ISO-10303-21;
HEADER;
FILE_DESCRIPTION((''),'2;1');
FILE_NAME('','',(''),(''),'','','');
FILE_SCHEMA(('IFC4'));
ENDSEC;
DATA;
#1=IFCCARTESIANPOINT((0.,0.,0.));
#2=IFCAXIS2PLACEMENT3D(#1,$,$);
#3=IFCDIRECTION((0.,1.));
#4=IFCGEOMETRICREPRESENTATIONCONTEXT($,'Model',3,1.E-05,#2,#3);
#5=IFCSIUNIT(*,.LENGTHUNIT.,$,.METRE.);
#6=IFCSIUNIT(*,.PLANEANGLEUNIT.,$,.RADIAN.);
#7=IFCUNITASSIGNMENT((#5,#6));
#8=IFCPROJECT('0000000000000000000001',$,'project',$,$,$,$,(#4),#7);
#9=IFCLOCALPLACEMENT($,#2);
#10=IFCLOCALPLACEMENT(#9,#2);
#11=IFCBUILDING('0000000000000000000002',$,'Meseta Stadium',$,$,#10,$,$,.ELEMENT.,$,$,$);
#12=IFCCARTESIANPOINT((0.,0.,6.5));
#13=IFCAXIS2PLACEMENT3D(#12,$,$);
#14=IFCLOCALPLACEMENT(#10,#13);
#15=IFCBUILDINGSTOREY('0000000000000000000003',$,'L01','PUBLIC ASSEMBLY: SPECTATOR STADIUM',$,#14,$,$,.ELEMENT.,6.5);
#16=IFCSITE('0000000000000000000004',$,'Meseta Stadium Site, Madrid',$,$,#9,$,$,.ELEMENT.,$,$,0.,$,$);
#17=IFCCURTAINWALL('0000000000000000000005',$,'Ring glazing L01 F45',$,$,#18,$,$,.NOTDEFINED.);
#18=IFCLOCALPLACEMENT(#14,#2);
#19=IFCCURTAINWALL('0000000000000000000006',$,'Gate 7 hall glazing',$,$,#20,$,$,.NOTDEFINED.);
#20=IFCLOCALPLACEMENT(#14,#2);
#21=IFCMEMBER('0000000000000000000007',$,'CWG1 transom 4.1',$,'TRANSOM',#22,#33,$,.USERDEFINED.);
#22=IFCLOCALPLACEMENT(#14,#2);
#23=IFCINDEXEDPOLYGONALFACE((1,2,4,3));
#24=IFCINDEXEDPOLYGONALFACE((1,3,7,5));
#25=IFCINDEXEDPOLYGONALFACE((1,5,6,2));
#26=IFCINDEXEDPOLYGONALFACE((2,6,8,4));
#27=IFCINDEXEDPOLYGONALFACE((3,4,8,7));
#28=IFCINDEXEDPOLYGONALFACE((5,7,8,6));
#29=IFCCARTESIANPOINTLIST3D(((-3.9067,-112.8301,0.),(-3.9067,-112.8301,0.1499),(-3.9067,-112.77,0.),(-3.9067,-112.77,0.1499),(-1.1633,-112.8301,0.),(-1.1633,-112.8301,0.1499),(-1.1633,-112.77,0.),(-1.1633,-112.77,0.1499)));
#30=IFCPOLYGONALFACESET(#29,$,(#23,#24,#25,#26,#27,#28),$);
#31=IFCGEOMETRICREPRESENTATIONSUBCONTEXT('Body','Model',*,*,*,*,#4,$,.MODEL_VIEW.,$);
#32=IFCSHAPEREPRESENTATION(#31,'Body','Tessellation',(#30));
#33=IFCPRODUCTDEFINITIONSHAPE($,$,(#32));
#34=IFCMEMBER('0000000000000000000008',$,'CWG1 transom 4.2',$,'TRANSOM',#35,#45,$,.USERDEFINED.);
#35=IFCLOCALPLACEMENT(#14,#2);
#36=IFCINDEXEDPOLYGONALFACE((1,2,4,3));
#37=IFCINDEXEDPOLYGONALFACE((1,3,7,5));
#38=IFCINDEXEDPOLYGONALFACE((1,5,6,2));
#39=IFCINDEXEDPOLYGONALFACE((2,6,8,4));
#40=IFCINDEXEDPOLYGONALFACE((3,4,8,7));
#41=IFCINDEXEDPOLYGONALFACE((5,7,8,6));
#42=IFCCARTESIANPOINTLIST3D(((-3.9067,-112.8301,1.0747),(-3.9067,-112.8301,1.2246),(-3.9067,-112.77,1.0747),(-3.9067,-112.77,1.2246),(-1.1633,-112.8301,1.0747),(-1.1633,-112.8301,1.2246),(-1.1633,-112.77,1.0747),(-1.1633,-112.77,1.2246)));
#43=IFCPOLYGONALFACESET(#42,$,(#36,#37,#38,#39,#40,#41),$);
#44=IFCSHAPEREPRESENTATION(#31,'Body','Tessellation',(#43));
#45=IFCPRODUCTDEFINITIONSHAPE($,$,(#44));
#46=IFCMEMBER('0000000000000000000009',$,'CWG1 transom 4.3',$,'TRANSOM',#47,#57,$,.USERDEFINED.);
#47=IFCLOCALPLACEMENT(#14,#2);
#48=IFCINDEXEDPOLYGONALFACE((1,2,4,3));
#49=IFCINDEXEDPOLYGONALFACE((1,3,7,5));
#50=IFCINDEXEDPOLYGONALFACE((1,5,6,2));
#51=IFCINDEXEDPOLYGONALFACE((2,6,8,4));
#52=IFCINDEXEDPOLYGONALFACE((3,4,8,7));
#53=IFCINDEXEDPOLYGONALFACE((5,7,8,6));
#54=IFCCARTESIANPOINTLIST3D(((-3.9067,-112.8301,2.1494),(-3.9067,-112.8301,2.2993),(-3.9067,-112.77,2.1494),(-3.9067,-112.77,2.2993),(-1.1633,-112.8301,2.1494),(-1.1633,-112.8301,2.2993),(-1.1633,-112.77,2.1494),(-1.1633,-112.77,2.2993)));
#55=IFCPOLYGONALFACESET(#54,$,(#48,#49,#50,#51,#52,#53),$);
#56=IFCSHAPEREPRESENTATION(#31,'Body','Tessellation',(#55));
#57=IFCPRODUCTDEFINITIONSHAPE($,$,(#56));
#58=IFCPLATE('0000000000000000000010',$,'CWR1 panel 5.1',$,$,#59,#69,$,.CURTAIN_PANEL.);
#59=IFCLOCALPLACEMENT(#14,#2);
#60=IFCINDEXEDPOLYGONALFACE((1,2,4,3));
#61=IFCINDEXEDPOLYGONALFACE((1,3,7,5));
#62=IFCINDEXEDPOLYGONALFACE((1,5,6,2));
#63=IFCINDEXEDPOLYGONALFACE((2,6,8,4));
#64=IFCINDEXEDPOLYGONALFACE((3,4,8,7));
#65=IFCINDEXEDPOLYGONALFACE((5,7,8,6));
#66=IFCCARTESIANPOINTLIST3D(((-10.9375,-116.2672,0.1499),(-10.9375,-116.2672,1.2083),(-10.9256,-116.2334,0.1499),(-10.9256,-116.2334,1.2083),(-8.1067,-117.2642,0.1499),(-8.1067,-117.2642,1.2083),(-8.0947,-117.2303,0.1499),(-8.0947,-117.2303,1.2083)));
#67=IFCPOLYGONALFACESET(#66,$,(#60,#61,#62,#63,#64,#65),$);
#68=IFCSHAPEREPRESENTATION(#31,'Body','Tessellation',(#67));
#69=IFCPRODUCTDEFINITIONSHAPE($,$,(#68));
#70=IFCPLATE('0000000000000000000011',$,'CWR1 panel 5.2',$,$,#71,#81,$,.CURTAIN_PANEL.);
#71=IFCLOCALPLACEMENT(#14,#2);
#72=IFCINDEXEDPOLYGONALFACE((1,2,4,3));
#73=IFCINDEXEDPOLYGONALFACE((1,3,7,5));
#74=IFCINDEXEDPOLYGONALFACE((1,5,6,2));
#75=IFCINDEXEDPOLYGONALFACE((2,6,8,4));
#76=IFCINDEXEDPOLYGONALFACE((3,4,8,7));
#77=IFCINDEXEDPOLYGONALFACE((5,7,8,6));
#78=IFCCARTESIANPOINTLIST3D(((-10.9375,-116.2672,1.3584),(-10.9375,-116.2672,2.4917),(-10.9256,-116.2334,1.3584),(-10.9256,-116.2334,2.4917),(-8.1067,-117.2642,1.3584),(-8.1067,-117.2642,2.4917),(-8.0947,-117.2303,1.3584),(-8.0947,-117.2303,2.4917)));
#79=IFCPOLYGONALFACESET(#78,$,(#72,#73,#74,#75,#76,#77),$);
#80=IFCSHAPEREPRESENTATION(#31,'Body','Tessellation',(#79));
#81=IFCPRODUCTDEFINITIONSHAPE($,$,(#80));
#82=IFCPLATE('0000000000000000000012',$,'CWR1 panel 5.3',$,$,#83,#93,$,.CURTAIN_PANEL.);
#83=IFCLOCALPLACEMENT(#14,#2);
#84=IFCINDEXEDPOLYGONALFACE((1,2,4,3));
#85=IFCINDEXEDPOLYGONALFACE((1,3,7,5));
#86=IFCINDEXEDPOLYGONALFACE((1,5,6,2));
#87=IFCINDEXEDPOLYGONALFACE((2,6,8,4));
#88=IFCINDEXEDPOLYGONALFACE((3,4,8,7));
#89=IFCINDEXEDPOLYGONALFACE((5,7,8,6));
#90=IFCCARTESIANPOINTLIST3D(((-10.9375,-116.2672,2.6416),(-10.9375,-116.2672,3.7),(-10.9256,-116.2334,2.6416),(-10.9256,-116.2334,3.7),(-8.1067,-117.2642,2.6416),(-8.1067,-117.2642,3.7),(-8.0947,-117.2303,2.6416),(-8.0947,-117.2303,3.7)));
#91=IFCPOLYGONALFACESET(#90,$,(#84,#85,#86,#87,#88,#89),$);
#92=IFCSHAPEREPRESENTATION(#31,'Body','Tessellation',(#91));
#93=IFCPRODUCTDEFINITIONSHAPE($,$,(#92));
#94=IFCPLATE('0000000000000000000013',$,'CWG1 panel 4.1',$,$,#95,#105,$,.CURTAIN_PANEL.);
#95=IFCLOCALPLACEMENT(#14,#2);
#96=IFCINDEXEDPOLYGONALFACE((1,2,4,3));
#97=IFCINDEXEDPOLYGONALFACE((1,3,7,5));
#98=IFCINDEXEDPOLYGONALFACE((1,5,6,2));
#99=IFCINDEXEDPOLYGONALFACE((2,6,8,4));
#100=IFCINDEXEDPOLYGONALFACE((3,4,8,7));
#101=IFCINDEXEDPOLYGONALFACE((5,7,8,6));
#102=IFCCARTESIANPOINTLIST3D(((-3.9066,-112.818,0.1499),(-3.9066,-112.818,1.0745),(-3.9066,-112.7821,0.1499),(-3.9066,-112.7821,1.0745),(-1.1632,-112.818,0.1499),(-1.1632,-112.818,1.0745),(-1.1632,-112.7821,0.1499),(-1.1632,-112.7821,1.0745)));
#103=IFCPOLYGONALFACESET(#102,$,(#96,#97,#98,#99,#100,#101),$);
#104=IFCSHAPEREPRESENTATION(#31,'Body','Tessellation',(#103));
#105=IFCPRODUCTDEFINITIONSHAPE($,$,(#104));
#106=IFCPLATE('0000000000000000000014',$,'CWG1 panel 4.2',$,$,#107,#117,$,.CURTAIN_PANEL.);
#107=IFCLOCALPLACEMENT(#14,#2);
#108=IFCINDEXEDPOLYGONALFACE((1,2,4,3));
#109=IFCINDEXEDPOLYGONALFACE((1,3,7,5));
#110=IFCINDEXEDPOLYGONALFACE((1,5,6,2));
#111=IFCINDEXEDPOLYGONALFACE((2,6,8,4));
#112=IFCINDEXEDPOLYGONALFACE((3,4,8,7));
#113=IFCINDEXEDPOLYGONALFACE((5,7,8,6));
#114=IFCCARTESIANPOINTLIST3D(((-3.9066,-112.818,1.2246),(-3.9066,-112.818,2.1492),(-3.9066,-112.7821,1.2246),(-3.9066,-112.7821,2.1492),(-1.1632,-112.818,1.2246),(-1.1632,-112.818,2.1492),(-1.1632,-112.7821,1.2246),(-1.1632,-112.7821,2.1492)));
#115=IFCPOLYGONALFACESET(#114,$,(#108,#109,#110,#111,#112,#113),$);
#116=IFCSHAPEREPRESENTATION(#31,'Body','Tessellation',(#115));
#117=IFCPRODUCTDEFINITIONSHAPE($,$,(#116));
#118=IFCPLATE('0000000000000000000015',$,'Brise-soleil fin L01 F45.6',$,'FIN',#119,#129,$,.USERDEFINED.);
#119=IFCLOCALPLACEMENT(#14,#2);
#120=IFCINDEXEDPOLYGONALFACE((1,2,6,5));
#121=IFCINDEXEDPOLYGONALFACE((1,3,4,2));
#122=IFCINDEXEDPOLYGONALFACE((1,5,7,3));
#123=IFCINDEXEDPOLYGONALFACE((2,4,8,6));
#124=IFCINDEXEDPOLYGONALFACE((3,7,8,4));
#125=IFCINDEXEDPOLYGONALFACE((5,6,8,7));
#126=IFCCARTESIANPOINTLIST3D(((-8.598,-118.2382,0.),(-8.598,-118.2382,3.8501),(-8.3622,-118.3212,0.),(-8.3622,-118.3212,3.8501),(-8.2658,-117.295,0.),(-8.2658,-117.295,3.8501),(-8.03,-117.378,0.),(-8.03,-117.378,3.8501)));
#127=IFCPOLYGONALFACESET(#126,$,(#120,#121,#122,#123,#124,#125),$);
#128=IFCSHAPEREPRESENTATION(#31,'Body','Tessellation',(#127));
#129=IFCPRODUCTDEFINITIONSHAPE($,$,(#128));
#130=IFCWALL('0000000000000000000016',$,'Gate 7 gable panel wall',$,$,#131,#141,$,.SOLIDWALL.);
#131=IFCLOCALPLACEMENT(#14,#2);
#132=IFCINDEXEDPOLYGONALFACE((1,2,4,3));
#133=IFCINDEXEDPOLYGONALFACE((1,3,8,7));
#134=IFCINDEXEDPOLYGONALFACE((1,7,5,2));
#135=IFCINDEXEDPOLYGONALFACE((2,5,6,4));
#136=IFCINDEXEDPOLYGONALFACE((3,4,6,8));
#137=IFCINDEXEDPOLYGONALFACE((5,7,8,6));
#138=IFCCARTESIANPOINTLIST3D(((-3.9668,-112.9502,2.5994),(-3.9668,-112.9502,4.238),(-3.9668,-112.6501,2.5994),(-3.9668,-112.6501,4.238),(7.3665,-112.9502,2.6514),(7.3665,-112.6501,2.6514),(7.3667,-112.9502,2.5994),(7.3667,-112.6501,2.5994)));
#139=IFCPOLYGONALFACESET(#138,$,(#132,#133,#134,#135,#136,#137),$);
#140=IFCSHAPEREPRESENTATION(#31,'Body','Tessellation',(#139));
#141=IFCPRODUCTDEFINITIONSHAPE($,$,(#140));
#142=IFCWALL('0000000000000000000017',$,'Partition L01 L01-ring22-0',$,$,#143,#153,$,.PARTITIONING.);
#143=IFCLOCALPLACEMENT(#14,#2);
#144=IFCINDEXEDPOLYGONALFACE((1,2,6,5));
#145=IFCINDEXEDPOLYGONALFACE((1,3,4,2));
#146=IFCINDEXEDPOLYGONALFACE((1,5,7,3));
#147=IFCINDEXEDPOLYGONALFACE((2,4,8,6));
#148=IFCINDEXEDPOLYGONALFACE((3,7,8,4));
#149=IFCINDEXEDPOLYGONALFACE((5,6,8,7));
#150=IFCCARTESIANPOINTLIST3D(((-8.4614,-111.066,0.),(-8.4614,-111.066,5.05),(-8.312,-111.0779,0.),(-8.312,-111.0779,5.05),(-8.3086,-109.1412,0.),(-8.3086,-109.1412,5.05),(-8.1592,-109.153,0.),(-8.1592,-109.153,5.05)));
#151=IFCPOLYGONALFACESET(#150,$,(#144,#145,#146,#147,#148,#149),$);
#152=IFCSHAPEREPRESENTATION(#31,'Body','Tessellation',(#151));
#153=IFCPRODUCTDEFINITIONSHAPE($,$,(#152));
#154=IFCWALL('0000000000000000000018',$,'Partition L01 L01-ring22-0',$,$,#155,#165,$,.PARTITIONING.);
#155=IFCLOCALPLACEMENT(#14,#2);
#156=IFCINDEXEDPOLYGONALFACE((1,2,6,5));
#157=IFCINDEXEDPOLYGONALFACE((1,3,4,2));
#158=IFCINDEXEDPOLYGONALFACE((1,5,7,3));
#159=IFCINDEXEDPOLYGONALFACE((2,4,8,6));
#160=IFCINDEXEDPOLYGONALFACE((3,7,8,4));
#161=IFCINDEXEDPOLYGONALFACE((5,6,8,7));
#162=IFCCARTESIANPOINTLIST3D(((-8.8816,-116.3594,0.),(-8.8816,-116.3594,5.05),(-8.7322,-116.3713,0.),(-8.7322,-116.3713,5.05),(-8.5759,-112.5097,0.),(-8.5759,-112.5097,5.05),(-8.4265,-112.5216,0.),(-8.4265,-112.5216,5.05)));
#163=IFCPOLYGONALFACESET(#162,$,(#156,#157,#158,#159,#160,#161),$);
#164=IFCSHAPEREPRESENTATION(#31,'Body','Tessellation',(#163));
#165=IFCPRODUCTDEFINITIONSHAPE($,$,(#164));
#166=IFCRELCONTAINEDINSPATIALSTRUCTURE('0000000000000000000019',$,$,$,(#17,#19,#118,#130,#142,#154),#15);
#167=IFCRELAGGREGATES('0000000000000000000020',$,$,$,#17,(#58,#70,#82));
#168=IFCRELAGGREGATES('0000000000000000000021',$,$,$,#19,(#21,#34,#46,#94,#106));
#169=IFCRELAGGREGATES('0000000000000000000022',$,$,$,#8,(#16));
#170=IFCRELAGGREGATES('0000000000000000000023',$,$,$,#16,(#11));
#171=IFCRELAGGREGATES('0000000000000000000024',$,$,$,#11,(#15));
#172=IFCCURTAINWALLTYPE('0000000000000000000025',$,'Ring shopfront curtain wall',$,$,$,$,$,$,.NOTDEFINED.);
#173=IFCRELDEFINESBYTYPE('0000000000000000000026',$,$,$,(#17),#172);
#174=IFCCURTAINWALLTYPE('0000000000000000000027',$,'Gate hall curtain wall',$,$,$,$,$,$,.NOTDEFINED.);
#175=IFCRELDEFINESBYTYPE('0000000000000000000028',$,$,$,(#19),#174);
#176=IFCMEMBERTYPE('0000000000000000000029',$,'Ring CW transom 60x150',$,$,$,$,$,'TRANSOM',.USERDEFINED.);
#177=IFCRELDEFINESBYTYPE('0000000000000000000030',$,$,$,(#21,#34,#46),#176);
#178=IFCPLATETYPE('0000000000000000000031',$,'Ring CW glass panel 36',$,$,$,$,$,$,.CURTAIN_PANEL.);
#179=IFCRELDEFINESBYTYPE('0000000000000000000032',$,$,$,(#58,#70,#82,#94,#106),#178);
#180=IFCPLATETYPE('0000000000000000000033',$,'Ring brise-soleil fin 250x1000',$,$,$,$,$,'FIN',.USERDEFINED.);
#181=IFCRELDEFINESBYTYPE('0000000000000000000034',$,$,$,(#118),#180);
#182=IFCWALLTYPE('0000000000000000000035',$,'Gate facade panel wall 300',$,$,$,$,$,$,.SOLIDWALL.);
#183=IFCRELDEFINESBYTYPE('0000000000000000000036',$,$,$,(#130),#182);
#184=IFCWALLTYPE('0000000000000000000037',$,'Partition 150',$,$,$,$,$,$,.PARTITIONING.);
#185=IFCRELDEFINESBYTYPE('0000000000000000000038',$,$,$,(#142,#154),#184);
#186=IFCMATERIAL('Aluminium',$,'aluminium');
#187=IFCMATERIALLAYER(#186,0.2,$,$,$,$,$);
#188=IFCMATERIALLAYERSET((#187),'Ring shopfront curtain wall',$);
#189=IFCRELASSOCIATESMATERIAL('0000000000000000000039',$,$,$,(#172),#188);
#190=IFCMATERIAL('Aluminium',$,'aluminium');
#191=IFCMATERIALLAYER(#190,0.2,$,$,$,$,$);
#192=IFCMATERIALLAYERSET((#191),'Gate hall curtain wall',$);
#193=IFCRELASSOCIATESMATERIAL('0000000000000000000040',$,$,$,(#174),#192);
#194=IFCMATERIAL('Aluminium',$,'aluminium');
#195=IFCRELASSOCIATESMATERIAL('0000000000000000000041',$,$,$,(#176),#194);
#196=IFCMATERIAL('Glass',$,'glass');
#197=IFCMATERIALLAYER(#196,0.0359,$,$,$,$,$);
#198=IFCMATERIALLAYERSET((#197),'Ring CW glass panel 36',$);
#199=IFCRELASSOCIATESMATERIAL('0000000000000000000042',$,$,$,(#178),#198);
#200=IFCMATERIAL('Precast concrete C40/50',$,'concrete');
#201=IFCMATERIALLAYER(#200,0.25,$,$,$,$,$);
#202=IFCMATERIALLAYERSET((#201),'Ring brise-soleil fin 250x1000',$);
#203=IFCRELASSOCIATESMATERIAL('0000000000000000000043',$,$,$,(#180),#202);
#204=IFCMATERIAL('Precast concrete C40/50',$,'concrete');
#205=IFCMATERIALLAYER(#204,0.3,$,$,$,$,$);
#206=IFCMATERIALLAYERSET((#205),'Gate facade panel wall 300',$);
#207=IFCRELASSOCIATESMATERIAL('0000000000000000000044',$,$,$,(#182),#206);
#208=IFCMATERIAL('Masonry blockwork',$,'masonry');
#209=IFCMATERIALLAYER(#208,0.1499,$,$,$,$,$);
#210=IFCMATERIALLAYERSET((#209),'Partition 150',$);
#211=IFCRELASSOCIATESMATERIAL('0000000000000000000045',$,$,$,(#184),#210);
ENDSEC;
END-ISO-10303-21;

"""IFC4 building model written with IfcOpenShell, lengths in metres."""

from ifc_helpers import new_model, si_unit, direction, frame, frame_2d, origin, origin_2d, place, context, subcontext, project, spatial, polyline, rectangle, outline, extrude, material, layer, layer_set, material_profile, profile_set, type_object, element, aggregate, save


model = new_model("IFC4")

# Units and contexts
model_context = context("Model", 3, precision=1e-05, world=origin(), true_north=direction((0.0, 1.0)))
body_context = subcontext(model_context, "Body", "Model", "MODEL_VIEW")
ifc_project = project(units=[si_unit("LENGTHUNIT", "METRE"), si_unit("PLANEANGLEUNIT", "RADIAN")], contexts=[model_context])

# Site, building, storey
site_placement = place(None, origin())
site = spatial("IfcSite", under=ifc_project, at=site_placement, Name="Meseta Stadium Site, Madrid", CompositionType="ELEMENT", RefElevation=0.0)
building_placement = place(site_placement, origin())
building = spatial("IfcBuilding", under=site, at=building_placement, Name="Meseta Stadium", CompositionType="ELEMENT")
storey_placement = place(building_placement, frame((0.0, 0.0, 6.5)))
storey = spatial("IfcBuildingStorey", under=building, at=storey_placement, Name="L01", Description="PUBLIC ASSEMBLY: SPECTATOR STADIUM", CompositionType="ELEMENT", Elevation=6.5)

# Curtain walls
ifc_material_1 = material(Name="Aluminium", Category="aluminium")
ifc_layer_1 = layer(ifc_material_1, 0.2)
ifc_layer_set_1 = layer_set([ifc_layer_1], Name="Ring shopfront curtain wall")
curtain_wall_type_1 = type_object("IfcCurtainWallType", Name="Ring shopfront curtain wall", PredefinedType="NOTDEFINED", material=ifc_layer_set_1)
curtain_wall_1_placement = place(storey_placement, origin())
curtain_wall_1 = element("IfcCurtainWall", 1, at=curtain_wall_1_placement, inside=storey, type_object=curtain_wall_type_1, Name="Ring glazing L01 F45", PredefinedType="NOTDEFINED")
ifc_material_2 = material(Name="Aluminium", Category="aluminium")
ifc_layer_2 = layer(ifc_material_2, 0.2)
ifc_layer_set_2 = layer_set([ifc_layer_2], Name="Gate hall curtain wall")
curtain_wall_type_2 = type_object("IfcCurtainWallType", Name="Gate hall curtain wall", PredefinedType="NOTDEFINED", material=ifc_layer_set_2)
curtain_wall_2_placement = place(storey_placement, origin())
curtain_wall_2 = element("IfcCurtainWall", 2, at=curtain_wall_2_placement, inside=storey, type_object=curtain_wall_type_2, Name="Gate 7 hall glazing", PredefinedType="NOTDEFINED")

# Members
ifc_material_3 = material(Name="Aluminium", Category="aluminium")
ifc_material_profile_1 = material_profile(ifc_material_3, rectangle(XDim=0.0601, YDim=0.1499, at=origin_2d()), Name="CW 60x150")
ifc_profile_set_1 = profile_set([ifc_material_profile_1], Name="Aluminium")
member_type_1 = type_object("IfcMemberType", Name="Ring CW transom 60x150", ElementType="TRANSOM", PredefinedType="USERDEFINED", material=ifc_profile_set_1)
member_1_placement = place(storey_placement, frame((-1.1633, -112.8, 0.075), z_axis=(-1.0, 0.0, 0.0), x_axis=(0.0, -1.0, 0.0)))
member_1 = element("IfcMember", 3, at=member_1_placement, type_object=member_type_1, Name="CWG1 transom 4.1", ObjectType="TRANSOM", PredefinedType="USERDEFINED", context=body_context, shape_type="SweptSolid", body=[
    extrude(rectangle(XDim=0.0601, YDim=0.1499, at=origin_2d()), origin(), (0.0, 0.0, 1.0), 2.7434),
])
member_2_placement = place(storey_placement, frame((-1.1633, -112.8, 1.1497), z_axis=(-1.0, 0.0, 0.0), x_axis=(0.0, -1.0, 0.0)))
member_2 = element("IfcMember", 4, at=member_2_placement, type_object=member_type_1, Name="CWG1 transom 4.2", ObjectType="TRANSOM", PredefinedType="USERDEFINED", context=body_context, shape_type="SweptSolid", body=[
    extrude(rectangle(XDim=0.0601, YDim=0.1499, at=origin_2d()), origin(), (0.0, 0.0, 1.0), 2.7434),
])
member_3_placement = place(storey_placement, frame((-1.1633, -112.8, 2.2244), z_axis=(-1.0, 0.0, 0.0), x_axis=(0.0, -1.0, 0.0)))
member_3 = element("IfcMember", 5, at=member_3_placement, type_object=member_type_1, Name="CWG1 transom 4.3", ObjectType="TRANSOM", PredefinedType="USERDEFINED", context=body_context, shape_type="SweptSolid", body=[
    extrude(rectangle(XDim=0.0601, YDim=0.1499, at=origin_2d()), origin(), (0.0, 0.0, 1.0), 2.7434),
])

# Plates
ifc_material_4 = material(Name="Glass", Category="glass")
ifc_layer_3 = layer(ifc_material_4, 0.0359)
ifc_layer_set_3 = layer_set([ifc_layer_3], Name="Ring CW glass panel 36")
plate_type_1 = type_object("IfcPlateType", Name="Ring CW glass panel 36", PredefinedType="CURTAIN_PANEL", material=ifc_layer_set_3)
plate_1_placement = place(storey_placement, frame((-9.5161, -116.7488, 0.1499), z_axis=(0.0, 0.0, 1.0), x_axis=(0.943218, -0.332174, 0.0)))
plate_1 = element("IfcPlate", 6, at=plate_1_placement, type_object=plate_type_1, Name="CWR1 panel 5.1", PredefinedType="CURTAIN_PANEL", context=body_context, shape_type="SweptSolid", body=[
    extrude(rectangle(XDim=3.0012, YDim=0.0359, at=origin_2d()), origin(), (0.0, 0.0, 1.0), 1.0583),
])
plate_2_placement = place(storey_placement, frame((-9.5161, -116.7488, 1.3584), z_axis=(0.0, 0.0, 1.0), x_axis=(0.943218, -0.332174, 0.0)))
plate_2 = element("IfcPlate", 7, at=plate_2_placement, type_object=plate_type_1, Name="CWR1 panel 5.2", PredefinedType="CURTAIN_PANEL", context=body_context, shape_type="SweptSolid", body=[
    extrude(rectangle(XDim=3.0012, YDim=0.0359, at=origin_2d()), origin(), (0.0, 0.0, 1.0), 1.1333),
])
plate_3_placement = place(storey_placement, frame((-9.5161, -116.7488, 2.6416), z_axis=(0.0, 0.0, 1.0), x_axis=(0.943218, -0.332174, 0.0)))
plate_3 = element("IfcPlate", 8, at=plate_3_placement, type_object=plate_type_1, Name="CWR1 panel 5.3", PredefinedType="CURTAIN_PANEL", context=body_context, shape_type="SweptSolid", body=[
    extrude(rectangle(XDim=3.0012, YDim=0.0359, at=origin_2d()), origin(), (0.0, 0.0, 1.0), 1.0583),
])
aggregate(curtain_wall_1, [plate_1, plate_2, plate_3])
plate_4_placement = place(storey_placement, frame((-2.5349, -112.8, 0.1499), z_axis=(0.0, 0.0, 1.0), x_axis=(-1.0, 0.0, 0.0)))
plate_4 = element("IfcPlate", 9, at=plate_4_placement, type_object=plate_type_1, Name="CWG1 panel 4.1", PredefinedType="CURTAIN_PANEL", context=body_context, shape_type="SweptSolid", body=[
    extrude(rectangle(XDim=2.7434, YDim=0.0359, at=origin_2d()), origin(), (0.0, 0.0, 1.0), 0.9246),
])
plate_5_placement = place(storey_placement, frame((-2.5349, -112.8, 1.2246), z_axis=(0.0, 0.0, 1.0), x_axis=(-1.0, 0.0, 0.0)))
plate_5 = element("IfcPlate", 10, at=plate_5_placement, type_object=plate_type_1, Name="CWG1 panel 4.2", PredefinedType="CURTAIN_PANEL", context=body_context, shape_type="SweptSolid", body=[
    extrude(rectangle(XDim=2.7434, YDim=0.0359, at=origin_2d()), origin(), (0.0, 0.0, 1.0), 0.9246),
])
aggregate(curtain_wall_2, [member_1, member_2, member_3, plate_4, plate_5])
ifc_material_5 = material(Name="Precast concrete C40/50", Category="concrete")
ifc_layer_4 = layer(ifc_material_5, 0.25)
ifc_layer_set_4 = layer_set([ifc_layer_4], Name="Ring brise-soleil fin 250x1000")
plate_type_2 = type_object("IfcPlateType", Name="Ring brise-soleil fin 250x1000", ElementType="FIN", PredefinedType="USERDEFINED", material=ifc_layer_set_4)
plate_6_placement = place(storey_placement, frame((-8.314, -117.8081, 0.0), z_axis=(0.0, 0.0, 1.0), x_axis=(0.943217, -0.332176, 0.0)))
element("IfcPlate", 11, at=plate_6_placement, inside=storey, type_object=plate_type_2, Name="Brise-soleil fin L01 F45.6", ObjectType="FIN", PredefinedType="USERDEFINED", context=body_context, shape_type="SweptSolid", body=[
    extrude(rectangle(XDim=0.25, YDim=1.0, at=origin_2d()), origin(), (0.0, 0.0, 1.0), 3.8501),
])

# Walls
ifc_material_6 = material(Name="Precast concrete C40/50", Category="concrete")
ifc_layer_5 = layer(ifc_material_6, 0.3)
ifc_layer_set_5 = layer_set([ifc_layer_5], Name="Gate facade panel wall 300")
wall_type_1 = type_object("IfcWallType", Name="Gate facade panel wall 300", PredefinedType="SOLIDWALL", material=ifc_layer_set_5)
wall_1_placement = place(storey_placement, frame((-3.9668, -112.8, 2.5994), z_axis=(0.0, 0.0, 1.0), x_axis=(1.0, 0.0, 0.0)))
element("IfcWall", 12, at=wall_1_placement, inside=storey, type_object=wall_type_1, Name="Gate 7 gable panel wall", PredefinedType="SOLIDWALL", context=body_context, shape_type="SweptSolid", body=[
    extrude(outline(polyline([(0.0, 0.0), (11.3335, 0.0), (11.3333, 0.052), (0.0, 1.6387), (0.0, 0.0)])), frame((0.0, 0.1499, 0.0), z_axis=(0.0, -1.0, 0.0), x_axis=(1.0, 0.0, 0.0)), (0.0, 0.0, 1.0), 0.3),
])
ifc_material_7 = material(Name="Masonry blockwork", Category="masonry")
ifc_layer_6 = layer(ifc_material_7, 0.1499)
ifc_layer_set_6 = layer_set([ifc_layer_6], Name="Partition 150")
wall_type_2 = type_object("IfcWallType", Name="Partition 150", PredefinedType="PARTITIONING", material=ifc_layer_set_6)
wall_2_placement = place(storey_placement, frame((-8.2339, -109.1472, 0.0), z_axis=(0.0, 0.0, 1.0), x_axis=(-0.079152, -0.996863, 0.0)))
element("IfcWall", 13, at=wall_2_placement, inside=storey, type_object=wall_type_2, Name="Partition L01 L01-ring22-0", PredefinedType="PARTITIONING", context=body_context, shape_type="SweptSolid", body=[
    extrude(rectangle(XDim=1.9309, YDim=0.1499, at=frame_2d((0.9653, 0.0))), origin(), (0.0, 0.0, 1.0), 5.05),
])
wall_3_placement = place(storey_placement, frame((-8.5012, -112.5156, 0.0), z_axis=(0.0, 0.0, 1.0), x_axis=(-0.079152, -0.996863, 0.0)))
element("IfcWall", 14, at=wall_3_placement, inside=storey, type_object=wall_type_2, Name="Partition L01 L01-ring22-0", PredefinedType="PARTITIONING", context=body_context, shape_type="SweptSolid", body=[
    extrude(rectangle(XDim=3.8618, YDim=0.1499, at=frame_2d((1.9309, 0.0))), origin(), (0.0, 0.0, 1.0), 5.05),
])

save(model, "model.ifc")
